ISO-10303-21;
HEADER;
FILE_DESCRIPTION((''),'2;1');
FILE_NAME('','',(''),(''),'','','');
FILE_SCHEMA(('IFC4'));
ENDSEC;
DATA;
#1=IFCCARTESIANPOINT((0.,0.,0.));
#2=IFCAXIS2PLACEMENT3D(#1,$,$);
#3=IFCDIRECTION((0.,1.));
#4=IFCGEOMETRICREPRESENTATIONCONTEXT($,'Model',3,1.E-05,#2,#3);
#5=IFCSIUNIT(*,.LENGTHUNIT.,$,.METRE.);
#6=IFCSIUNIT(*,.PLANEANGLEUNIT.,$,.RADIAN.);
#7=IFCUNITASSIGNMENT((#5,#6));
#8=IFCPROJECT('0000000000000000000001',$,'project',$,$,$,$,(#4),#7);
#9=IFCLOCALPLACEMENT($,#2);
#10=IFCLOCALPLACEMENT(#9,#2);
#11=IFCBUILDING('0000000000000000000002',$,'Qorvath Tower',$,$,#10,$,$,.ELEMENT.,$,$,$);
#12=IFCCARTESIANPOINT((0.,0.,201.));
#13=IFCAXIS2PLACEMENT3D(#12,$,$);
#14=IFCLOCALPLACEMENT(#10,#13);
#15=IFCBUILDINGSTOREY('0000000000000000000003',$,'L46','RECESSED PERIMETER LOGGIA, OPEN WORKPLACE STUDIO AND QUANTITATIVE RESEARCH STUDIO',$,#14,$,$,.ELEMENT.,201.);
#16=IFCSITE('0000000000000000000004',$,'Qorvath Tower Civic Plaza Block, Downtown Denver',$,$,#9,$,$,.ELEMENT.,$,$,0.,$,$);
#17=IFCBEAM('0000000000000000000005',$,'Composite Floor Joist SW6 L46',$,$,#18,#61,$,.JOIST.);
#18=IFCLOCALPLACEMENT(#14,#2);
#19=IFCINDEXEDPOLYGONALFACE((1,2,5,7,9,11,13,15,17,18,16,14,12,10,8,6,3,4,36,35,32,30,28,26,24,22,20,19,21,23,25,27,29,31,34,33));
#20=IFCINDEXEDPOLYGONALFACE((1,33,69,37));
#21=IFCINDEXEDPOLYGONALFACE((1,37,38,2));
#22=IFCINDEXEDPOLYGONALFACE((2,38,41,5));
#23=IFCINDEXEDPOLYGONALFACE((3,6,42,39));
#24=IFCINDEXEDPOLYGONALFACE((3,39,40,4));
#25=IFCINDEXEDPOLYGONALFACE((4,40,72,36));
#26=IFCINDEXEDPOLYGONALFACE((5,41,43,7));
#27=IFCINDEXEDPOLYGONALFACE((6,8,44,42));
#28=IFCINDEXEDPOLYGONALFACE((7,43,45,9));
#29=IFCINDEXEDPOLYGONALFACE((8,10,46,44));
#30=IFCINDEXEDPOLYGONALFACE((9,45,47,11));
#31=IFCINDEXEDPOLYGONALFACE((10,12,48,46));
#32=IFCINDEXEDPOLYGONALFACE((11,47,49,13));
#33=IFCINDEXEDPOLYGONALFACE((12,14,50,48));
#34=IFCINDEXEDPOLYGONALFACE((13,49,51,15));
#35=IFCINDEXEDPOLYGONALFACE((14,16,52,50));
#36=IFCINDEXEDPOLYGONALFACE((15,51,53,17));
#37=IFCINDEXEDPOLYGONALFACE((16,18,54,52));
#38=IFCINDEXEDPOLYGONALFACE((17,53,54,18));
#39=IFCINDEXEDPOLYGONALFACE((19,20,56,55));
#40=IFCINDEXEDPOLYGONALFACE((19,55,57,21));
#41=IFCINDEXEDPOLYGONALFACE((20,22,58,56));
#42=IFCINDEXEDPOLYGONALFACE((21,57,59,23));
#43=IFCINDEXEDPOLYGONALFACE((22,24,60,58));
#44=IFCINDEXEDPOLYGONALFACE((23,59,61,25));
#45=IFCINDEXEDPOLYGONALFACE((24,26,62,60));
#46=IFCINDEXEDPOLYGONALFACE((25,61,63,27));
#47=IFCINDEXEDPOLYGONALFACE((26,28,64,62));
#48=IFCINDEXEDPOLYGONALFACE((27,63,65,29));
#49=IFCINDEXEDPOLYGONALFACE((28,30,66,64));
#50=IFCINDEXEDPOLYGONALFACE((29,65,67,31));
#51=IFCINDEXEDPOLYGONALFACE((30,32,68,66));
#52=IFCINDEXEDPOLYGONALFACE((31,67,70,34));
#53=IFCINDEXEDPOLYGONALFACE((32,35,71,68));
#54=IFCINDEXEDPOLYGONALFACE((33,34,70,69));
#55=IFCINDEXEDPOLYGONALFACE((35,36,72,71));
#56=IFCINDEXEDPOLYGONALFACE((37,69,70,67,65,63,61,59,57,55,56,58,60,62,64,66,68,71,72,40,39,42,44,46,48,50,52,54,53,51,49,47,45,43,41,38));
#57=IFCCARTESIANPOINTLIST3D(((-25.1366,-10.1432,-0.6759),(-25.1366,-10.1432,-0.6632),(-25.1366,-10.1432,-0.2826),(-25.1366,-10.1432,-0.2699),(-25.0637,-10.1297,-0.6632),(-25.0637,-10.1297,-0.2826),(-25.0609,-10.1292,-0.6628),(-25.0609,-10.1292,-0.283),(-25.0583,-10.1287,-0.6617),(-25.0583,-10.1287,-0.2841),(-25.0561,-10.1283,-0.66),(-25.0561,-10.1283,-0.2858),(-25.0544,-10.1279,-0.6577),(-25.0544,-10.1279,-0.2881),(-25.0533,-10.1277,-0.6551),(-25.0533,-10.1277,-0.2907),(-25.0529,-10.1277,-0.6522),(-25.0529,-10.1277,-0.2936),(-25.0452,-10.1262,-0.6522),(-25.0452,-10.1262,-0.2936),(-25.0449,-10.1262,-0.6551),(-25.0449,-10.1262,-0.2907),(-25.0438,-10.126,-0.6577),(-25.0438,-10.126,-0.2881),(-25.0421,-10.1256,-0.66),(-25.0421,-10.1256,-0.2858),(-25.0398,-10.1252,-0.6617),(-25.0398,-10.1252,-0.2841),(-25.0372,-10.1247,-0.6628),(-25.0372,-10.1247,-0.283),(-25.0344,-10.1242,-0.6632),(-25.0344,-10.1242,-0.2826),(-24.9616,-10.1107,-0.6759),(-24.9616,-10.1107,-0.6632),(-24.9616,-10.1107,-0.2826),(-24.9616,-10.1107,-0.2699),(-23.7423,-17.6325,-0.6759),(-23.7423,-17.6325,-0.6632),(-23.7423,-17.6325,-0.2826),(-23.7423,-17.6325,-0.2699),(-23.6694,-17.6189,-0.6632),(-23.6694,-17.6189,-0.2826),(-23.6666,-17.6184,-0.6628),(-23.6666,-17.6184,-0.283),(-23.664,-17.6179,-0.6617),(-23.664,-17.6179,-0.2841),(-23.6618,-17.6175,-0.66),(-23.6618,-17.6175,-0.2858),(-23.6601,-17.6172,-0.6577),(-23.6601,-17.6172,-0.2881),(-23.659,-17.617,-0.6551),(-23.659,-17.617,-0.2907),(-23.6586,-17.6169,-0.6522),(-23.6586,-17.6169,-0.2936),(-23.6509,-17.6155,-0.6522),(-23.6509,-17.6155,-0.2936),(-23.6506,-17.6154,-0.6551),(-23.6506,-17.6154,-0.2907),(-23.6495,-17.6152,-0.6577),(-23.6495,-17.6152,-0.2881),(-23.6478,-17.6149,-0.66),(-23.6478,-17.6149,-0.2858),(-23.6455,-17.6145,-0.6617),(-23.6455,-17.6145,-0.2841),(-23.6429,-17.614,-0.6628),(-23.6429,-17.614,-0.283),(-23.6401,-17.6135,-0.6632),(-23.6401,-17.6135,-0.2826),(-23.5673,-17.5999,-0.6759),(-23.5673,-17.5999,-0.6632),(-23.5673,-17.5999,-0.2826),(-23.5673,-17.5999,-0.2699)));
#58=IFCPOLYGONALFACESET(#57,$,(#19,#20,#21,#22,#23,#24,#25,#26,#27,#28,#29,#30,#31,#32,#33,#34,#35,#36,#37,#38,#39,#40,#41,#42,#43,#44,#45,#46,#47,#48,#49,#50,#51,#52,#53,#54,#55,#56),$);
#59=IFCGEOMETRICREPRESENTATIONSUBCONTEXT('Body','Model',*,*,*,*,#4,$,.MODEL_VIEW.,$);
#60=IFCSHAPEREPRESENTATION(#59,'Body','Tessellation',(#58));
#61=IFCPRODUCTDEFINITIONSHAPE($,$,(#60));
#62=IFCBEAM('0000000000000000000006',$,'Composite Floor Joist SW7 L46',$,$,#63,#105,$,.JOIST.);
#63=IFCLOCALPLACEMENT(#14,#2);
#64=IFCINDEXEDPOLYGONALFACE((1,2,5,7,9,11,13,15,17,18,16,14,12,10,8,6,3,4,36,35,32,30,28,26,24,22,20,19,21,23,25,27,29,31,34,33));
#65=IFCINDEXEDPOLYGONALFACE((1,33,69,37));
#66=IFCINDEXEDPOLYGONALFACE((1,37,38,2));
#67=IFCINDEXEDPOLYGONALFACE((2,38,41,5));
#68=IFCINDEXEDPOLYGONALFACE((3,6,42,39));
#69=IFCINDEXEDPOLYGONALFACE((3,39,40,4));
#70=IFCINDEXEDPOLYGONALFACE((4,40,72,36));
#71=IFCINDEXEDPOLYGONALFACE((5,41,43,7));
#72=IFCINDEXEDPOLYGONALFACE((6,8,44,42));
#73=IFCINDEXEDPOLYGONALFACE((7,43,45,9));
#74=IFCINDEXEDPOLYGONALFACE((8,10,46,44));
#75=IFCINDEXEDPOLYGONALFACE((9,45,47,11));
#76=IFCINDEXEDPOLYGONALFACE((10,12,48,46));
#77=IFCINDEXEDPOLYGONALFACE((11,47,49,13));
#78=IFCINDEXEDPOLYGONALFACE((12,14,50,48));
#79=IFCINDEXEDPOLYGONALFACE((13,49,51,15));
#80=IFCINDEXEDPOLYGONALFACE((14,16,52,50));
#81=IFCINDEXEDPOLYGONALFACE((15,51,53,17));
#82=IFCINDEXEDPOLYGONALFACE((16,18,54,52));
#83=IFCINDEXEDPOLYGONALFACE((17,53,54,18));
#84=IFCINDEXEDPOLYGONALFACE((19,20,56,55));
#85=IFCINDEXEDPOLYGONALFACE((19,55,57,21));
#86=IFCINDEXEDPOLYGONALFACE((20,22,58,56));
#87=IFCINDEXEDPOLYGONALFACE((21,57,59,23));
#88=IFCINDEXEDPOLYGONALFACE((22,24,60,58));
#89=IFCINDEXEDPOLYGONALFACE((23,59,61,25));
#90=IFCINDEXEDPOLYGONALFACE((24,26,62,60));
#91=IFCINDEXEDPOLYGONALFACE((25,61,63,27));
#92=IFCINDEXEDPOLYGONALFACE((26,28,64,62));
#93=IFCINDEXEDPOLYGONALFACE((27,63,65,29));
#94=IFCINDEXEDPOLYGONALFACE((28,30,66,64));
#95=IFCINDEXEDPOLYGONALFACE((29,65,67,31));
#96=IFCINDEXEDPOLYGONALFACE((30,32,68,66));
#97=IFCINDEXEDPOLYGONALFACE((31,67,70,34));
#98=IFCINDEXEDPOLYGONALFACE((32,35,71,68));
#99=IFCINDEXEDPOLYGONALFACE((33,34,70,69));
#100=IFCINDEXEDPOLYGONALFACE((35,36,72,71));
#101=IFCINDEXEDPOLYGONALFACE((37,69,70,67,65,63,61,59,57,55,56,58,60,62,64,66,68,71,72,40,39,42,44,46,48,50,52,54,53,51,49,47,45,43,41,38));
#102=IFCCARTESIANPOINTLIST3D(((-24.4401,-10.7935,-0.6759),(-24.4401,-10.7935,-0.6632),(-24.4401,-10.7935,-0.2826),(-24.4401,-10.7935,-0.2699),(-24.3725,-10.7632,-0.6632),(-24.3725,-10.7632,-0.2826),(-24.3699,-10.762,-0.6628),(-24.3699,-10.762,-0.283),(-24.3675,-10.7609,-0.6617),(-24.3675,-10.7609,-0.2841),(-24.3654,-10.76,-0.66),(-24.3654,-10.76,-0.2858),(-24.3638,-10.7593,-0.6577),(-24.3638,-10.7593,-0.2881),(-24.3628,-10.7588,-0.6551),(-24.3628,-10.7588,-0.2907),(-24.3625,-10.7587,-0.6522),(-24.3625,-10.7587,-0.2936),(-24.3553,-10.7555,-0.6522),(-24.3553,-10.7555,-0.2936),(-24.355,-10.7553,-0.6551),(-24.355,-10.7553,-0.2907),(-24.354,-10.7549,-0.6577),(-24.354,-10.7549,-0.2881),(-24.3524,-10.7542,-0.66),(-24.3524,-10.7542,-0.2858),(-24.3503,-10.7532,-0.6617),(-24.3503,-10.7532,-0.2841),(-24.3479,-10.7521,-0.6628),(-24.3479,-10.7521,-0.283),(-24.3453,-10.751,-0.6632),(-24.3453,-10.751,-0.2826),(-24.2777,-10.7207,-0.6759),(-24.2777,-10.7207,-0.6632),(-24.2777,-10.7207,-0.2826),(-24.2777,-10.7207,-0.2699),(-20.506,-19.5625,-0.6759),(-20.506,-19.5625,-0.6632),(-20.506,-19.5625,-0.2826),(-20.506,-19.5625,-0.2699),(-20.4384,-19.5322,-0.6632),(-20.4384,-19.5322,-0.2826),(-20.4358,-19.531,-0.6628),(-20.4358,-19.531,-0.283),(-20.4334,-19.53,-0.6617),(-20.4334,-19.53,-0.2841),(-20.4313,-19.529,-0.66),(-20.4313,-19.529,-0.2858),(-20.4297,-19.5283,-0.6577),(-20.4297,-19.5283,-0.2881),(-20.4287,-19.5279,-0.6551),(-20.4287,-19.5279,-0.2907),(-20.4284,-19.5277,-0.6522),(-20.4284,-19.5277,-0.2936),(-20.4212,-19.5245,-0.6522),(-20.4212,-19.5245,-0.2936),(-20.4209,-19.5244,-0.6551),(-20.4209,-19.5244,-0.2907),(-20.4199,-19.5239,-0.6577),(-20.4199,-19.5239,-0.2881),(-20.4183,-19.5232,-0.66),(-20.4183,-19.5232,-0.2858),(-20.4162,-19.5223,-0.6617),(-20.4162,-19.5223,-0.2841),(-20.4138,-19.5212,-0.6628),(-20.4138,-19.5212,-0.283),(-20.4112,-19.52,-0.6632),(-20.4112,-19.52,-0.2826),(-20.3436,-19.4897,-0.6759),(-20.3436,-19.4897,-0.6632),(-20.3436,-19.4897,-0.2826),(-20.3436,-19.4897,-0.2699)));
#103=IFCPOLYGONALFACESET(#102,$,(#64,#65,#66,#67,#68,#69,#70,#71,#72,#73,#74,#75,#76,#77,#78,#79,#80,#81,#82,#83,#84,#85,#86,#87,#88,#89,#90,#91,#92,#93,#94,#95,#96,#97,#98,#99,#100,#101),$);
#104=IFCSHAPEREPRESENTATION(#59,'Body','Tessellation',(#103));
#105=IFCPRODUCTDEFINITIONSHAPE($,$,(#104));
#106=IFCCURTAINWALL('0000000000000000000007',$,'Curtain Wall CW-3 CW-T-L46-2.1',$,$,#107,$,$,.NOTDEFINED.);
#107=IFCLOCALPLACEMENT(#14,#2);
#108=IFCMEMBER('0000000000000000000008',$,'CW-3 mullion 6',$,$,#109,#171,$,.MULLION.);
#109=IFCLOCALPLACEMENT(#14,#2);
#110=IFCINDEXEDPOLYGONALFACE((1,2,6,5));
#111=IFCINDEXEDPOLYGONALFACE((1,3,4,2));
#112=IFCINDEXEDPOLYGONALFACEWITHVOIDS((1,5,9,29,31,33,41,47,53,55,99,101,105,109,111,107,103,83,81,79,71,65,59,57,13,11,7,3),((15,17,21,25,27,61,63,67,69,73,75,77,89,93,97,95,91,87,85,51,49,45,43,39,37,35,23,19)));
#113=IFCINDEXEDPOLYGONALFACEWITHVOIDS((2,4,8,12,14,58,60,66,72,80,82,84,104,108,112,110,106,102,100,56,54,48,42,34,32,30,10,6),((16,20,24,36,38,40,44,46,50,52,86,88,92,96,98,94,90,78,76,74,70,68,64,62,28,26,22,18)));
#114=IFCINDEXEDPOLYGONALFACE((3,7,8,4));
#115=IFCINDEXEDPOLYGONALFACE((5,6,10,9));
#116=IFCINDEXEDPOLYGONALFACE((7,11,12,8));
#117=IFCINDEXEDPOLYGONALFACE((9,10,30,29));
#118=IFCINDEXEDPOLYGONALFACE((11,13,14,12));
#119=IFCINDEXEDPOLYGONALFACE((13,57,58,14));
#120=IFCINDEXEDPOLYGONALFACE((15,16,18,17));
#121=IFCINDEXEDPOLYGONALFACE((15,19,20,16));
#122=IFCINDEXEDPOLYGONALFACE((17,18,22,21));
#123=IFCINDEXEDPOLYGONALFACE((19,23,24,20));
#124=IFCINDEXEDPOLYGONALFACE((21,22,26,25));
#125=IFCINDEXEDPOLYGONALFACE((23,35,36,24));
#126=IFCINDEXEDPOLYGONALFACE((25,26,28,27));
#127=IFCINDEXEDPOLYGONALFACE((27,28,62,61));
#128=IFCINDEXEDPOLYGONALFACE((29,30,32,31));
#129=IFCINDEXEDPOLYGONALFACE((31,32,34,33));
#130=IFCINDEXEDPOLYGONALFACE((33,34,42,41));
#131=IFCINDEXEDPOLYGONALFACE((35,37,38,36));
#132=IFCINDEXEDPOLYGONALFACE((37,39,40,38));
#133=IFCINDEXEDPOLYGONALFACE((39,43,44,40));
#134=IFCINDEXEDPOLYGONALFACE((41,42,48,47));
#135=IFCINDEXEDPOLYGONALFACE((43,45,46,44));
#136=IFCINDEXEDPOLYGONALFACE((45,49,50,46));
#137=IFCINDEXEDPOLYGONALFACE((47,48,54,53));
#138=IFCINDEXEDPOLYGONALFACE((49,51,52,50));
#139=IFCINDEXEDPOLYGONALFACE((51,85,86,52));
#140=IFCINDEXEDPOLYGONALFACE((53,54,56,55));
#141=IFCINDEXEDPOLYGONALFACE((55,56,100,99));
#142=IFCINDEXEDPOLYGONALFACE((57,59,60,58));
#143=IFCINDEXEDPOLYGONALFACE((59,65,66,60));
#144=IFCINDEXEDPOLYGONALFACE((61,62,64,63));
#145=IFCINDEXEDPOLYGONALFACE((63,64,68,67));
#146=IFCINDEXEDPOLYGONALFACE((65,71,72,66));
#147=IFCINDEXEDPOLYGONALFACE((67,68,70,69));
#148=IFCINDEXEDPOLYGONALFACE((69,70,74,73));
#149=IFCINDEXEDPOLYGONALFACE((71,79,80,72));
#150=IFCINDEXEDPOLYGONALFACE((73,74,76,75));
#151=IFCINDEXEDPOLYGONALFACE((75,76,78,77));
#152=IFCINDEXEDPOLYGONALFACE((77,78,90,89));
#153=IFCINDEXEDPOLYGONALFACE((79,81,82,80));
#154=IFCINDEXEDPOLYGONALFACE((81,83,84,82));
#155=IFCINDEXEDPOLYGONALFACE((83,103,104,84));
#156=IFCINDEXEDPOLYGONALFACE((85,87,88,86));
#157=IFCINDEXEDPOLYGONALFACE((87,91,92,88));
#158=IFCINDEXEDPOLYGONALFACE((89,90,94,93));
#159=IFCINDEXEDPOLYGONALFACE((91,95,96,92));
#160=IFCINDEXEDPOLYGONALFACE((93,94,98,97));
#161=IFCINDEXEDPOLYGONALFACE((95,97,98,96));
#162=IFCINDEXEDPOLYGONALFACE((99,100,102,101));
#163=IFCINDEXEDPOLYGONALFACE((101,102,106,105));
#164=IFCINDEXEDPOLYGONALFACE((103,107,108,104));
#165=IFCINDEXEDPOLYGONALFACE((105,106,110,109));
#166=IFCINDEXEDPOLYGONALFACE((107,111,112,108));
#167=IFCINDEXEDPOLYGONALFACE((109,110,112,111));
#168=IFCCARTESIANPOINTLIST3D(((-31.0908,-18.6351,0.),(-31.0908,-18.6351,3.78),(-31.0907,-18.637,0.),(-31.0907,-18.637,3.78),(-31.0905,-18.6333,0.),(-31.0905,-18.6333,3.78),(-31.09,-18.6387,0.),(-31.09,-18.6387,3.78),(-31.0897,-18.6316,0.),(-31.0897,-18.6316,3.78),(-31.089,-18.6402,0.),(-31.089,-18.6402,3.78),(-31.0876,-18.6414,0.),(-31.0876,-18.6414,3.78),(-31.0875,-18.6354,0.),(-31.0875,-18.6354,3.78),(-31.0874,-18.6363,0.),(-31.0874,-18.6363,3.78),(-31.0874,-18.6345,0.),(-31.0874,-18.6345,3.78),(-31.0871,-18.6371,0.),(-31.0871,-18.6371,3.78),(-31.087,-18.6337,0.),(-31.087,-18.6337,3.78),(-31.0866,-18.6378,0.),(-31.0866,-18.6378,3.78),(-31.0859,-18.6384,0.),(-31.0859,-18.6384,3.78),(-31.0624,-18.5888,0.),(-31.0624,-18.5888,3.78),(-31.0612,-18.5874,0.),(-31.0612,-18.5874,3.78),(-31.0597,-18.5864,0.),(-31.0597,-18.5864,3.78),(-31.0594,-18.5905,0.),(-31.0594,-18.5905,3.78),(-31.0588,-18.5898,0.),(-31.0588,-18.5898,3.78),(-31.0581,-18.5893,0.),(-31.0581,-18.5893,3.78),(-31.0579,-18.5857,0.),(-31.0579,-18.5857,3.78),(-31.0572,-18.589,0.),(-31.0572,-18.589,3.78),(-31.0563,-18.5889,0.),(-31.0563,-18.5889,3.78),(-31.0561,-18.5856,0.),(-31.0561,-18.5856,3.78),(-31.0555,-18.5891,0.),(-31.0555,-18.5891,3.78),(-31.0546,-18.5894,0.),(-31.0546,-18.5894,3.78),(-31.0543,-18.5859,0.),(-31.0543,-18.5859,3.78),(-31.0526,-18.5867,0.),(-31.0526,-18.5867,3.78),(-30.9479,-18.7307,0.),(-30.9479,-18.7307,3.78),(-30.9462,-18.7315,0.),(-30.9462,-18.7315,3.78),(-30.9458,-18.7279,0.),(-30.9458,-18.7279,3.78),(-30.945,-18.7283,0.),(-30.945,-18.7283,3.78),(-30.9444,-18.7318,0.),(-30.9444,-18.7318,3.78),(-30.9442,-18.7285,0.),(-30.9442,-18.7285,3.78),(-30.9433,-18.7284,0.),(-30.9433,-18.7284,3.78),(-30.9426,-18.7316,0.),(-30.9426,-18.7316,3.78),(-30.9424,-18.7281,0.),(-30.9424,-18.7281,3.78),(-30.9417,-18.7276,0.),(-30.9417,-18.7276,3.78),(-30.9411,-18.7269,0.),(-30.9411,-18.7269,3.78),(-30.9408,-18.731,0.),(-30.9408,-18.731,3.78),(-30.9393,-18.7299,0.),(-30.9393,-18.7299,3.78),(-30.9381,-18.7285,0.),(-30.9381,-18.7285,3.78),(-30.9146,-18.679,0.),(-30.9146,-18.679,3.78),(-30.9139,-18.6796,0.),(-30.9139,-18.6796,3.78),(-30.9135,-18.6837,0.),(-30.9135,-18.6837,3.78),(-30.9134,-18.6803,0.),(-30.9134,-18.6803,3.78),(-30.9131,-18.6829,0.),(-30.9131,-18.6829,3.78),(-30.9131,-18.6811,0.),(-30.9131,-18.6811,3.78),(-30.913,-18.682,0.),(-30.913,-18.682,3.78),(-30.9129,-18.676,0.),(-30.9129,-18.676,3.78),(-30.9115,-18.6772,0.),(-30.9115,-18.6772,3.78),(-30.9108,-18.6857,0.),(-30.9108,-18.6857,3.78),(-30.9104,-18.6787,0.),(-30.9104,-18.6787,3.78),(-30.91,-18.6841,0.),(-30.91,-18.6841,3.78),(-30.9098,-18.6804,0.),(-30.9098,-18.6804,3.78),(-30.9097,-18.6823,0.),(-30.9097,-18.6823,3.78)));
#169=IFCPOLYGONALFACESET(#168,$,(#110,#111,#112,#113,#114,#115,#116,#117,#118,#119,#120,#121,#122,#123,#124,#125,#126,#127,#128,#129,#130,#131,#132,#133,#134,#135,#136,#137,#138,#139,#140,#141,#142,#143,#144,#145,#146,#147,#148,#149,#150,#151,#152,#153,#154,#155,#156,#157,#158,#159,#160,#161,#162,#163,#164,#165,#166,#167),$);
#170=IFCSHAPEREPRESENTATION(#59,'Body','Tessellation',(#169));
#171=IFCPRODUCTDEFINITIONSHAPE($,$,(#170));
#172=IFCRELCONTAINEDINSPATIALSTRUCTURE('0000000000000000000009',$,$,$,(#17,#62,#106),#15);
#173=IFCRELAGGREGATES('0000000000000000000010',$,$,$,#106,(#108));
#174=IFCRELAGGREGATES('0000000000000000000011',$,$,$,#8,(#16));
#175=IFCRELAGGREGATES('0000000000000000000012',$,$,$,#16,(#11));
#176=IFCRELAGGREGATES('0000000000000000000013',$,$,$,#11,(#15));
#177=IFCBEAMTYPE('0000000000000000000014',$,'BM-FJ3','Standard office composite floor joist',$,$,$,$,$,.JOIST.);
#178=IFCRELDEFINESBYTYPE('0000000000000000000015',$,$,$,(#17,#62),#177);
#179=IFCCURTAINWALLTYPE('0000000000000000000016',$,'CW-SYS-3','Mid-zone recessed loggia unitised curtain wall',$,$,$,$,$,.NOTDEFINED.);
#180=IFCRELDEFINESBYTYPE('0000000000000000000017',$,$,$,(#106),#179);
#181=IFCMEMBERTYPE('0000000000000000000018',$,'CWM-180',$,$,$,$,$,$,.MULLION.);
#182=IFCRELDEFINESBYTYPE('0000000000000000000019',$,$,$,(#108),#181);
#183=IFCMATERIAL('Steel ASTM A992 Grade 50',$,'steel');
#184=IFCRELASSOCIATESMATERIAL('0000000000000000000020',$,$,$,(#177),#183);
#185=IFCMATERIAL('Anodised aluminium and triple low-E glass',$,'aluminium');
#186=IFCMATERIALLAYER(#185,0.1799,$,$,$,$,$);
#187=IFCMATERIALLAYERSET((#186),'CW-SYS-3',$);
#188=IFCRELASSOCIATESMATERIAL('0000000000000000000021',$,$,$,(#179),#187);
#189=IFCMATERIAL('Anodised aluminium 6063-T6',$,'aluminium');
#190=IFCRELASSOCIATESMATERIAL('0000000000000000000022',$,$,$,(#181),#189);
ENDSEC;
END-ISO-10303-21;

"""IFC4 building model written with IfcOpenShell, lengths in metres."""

from ifc_helpers import new_model, si_unit, direction, frame, origin, origin_2d, place, context, subcontext, project, spatial, hollow_rectangle, i_section, extrude, material, layer, layer_set, material_profile, profile_set, type_object, element, aggregate, save


model = new_model("IFC4")

# Units and contexts
model_context = context("Model", 3, precision=1e-05, world=origin(), true_north=direction((0.0, 1.0)))
body_context = subcontext(model_context, "Body", "Model", "MODEL_VIEW")
ifc_project = project(units=[si_unit("LENGTHUNIT", "METRE"), si_unit("PLANEANGLEUNIT", "RADIAN")], contexts=[model_context])

# Site, building, storey
site_placement = place(None, origin())
site = spatial("IfcSite", under=ifc_project, at=site_placement, Name="Qorvath Tower Civic Plaza Block, Downtown Denver", CompositionType="ELEMENT", RefElevation=0.0)
building_placement = place(site_placement, origin())
building = spatial("IfcBuilding", under=site, at=building_placement, Name="Qorvath Tower", CompositionType="ELEMENT")
storey_placement = place(building_placement, frame((0.0, 0.0, 201.0)))
storey = spatial("IfcBuildingStorey", under=building, at=storey_placement, Name="L46", Description="RECESSED PERIMETER LOGGIA, OPEN WORKPLACE STUDIO AND QUANTITATIVE RESEARCH STUDIO", CompositionType="ELEMENT", Elevation=201.0)

# Beams
ifc_material_1 = material(Name="Steel ASTM A992 Grade 50", Category="steel")
ifc_material_profile_1 = material_profile(ifc_material_1, i_section(OverallWidth=0.178, OverallDepth=0.406, WebThickness=0.0078, FlangeThickness=0.0127, FilletRadius=0.011, at=origin_2d()), Name="W16x40")
ifc_profile_set_1 = profile_set([ifc_material_profile_1], Name="Steel ASTM A992 Grade 50")
beam_type_1 = type_object("IfcBeamType", Name="BM-FJ3", Description="Standard office composite floor joist", PredefinedType="JOIST", material=ifc_profile_set_1)
beam_1_placement = place(storey_placement, frame((-25.0491, -10.127, -0.4729), z_axis=(0.183027, -0.983108, 0.0), x_axis=(0.983108, 0.183027, 0.0)))
element("IfcBeam", 1, at=beam_1_placement, inside=storey, type_object=beam_type_1, Name="Composite Floor Joist SW6 L46", PredefinedType="JOIST", context=body_context, shape_type="SweptSolid", body=[
    extrude(i_section(OverallWidth=0.178, OverallDepth=0.406, WebThickness=0.0078, FlangeThickness=0.0127, FilletRadius=0.011, at=origin_2d()), origin(), (0.0, 0.0, 1.0), 7.6179),
])
beam_2_placement = place(storey_placement, frame((-24.3589, -10.7571, -0.4729), z_axis=(0.409327, -0.912388, 0.0), x_axis=(0.912388, 0.409327, 0.0)))
element("IfcBeam", 2, at=beam_2_placement, inside=storey, type_object=beam_type_1, Name="Composite Floor Joist SW7 L46", PredefinedType="JOIST", context=body_context, shape_type="SweptSolid", body=[
    extrude(i_section(OverallWidth=0.178, OverallDepth=0.406, WebThickness=0.0078, FlangeThickness=0.0127, FilletRadius=0.011, at=origin_2d()), origin(), (0.0, 0.0, 1.0), 9.6111),
])

# Curtain wall, member
ifc_material_2 = material(Name="Anodised aluminium and triple low-E glass", Category="aluminium")
ifc_layer_1 = layer(ifc_material_2, 0.1799)
ifc_layer_set_1 = layer_set([ifc_layer_1], Name="CW-SYS-3")
curtain_wall_type = type_object("IfcCurtainWallType", Name="CW-SYS-3", Description="Mid-zone recessed loggia unitised curtain wall", PredefinedType="NOTDEFINED", material=ifc_layer_set_1)
curtain_wall_placement = place(storey_placement, origin())
curtain_wall = element("IfcCurtainWall", 3, at=curtain_wall_placement, inside=storey, type_object=curtain_wall_type, Name="Curtain Wall CW-3 CW-T-L46-2.1", PredefinedType="NOTDEFINED")
ifc_material_3 = material(Name="Anodised aluminium 6063-T6", Category="aluminium")
ifc_material_profile_2 = material_profile(ifc_material_3, hollow_rectangle(XDim=0.0649, YDim=0.1799, WallThickness=0.0034, InnerFilletRadius=0.0034, OuterFilletRadius=0.0071, at=origin_2d()), Name="CWM 180x65")
ifc_profile_set_2 = profile_set([ifc_material_profile_2], Name="Anodised aluminium 6063-T6")
member_type_1 = type_object("IfcMemberType", Name="CWM-180", PredefinedType="MULLION", material=ifc_profile_set_2)
member_1_placement = place(storey_placement, frame((-31.0002, -18.6587, 0.0), z_axis=(0.0, 0.0, 1.0), x_axis=(0.538534, 0.842604, 0.0)))
member_1 = element("IfcMember", 4, at=member_1_placement, type_object=member_type_1, Name="CW-3 mullion 6", PredefinedType="MULLION", context=body_context, shape_type="SweptSolid", body=[
    extrude(hollow_rectangle(XDim=0.0649, YDim=0.1799, WallThickness=0.0034, InnerFilletRadius=0.0034, OuterFilletRadius=0.0071, at=origin_2d()), origin(), (0.0, 0.0, 1.0), 3.78),
])
aggregate(curtain_wall, [member_1])

save(model, "model.ifc")
